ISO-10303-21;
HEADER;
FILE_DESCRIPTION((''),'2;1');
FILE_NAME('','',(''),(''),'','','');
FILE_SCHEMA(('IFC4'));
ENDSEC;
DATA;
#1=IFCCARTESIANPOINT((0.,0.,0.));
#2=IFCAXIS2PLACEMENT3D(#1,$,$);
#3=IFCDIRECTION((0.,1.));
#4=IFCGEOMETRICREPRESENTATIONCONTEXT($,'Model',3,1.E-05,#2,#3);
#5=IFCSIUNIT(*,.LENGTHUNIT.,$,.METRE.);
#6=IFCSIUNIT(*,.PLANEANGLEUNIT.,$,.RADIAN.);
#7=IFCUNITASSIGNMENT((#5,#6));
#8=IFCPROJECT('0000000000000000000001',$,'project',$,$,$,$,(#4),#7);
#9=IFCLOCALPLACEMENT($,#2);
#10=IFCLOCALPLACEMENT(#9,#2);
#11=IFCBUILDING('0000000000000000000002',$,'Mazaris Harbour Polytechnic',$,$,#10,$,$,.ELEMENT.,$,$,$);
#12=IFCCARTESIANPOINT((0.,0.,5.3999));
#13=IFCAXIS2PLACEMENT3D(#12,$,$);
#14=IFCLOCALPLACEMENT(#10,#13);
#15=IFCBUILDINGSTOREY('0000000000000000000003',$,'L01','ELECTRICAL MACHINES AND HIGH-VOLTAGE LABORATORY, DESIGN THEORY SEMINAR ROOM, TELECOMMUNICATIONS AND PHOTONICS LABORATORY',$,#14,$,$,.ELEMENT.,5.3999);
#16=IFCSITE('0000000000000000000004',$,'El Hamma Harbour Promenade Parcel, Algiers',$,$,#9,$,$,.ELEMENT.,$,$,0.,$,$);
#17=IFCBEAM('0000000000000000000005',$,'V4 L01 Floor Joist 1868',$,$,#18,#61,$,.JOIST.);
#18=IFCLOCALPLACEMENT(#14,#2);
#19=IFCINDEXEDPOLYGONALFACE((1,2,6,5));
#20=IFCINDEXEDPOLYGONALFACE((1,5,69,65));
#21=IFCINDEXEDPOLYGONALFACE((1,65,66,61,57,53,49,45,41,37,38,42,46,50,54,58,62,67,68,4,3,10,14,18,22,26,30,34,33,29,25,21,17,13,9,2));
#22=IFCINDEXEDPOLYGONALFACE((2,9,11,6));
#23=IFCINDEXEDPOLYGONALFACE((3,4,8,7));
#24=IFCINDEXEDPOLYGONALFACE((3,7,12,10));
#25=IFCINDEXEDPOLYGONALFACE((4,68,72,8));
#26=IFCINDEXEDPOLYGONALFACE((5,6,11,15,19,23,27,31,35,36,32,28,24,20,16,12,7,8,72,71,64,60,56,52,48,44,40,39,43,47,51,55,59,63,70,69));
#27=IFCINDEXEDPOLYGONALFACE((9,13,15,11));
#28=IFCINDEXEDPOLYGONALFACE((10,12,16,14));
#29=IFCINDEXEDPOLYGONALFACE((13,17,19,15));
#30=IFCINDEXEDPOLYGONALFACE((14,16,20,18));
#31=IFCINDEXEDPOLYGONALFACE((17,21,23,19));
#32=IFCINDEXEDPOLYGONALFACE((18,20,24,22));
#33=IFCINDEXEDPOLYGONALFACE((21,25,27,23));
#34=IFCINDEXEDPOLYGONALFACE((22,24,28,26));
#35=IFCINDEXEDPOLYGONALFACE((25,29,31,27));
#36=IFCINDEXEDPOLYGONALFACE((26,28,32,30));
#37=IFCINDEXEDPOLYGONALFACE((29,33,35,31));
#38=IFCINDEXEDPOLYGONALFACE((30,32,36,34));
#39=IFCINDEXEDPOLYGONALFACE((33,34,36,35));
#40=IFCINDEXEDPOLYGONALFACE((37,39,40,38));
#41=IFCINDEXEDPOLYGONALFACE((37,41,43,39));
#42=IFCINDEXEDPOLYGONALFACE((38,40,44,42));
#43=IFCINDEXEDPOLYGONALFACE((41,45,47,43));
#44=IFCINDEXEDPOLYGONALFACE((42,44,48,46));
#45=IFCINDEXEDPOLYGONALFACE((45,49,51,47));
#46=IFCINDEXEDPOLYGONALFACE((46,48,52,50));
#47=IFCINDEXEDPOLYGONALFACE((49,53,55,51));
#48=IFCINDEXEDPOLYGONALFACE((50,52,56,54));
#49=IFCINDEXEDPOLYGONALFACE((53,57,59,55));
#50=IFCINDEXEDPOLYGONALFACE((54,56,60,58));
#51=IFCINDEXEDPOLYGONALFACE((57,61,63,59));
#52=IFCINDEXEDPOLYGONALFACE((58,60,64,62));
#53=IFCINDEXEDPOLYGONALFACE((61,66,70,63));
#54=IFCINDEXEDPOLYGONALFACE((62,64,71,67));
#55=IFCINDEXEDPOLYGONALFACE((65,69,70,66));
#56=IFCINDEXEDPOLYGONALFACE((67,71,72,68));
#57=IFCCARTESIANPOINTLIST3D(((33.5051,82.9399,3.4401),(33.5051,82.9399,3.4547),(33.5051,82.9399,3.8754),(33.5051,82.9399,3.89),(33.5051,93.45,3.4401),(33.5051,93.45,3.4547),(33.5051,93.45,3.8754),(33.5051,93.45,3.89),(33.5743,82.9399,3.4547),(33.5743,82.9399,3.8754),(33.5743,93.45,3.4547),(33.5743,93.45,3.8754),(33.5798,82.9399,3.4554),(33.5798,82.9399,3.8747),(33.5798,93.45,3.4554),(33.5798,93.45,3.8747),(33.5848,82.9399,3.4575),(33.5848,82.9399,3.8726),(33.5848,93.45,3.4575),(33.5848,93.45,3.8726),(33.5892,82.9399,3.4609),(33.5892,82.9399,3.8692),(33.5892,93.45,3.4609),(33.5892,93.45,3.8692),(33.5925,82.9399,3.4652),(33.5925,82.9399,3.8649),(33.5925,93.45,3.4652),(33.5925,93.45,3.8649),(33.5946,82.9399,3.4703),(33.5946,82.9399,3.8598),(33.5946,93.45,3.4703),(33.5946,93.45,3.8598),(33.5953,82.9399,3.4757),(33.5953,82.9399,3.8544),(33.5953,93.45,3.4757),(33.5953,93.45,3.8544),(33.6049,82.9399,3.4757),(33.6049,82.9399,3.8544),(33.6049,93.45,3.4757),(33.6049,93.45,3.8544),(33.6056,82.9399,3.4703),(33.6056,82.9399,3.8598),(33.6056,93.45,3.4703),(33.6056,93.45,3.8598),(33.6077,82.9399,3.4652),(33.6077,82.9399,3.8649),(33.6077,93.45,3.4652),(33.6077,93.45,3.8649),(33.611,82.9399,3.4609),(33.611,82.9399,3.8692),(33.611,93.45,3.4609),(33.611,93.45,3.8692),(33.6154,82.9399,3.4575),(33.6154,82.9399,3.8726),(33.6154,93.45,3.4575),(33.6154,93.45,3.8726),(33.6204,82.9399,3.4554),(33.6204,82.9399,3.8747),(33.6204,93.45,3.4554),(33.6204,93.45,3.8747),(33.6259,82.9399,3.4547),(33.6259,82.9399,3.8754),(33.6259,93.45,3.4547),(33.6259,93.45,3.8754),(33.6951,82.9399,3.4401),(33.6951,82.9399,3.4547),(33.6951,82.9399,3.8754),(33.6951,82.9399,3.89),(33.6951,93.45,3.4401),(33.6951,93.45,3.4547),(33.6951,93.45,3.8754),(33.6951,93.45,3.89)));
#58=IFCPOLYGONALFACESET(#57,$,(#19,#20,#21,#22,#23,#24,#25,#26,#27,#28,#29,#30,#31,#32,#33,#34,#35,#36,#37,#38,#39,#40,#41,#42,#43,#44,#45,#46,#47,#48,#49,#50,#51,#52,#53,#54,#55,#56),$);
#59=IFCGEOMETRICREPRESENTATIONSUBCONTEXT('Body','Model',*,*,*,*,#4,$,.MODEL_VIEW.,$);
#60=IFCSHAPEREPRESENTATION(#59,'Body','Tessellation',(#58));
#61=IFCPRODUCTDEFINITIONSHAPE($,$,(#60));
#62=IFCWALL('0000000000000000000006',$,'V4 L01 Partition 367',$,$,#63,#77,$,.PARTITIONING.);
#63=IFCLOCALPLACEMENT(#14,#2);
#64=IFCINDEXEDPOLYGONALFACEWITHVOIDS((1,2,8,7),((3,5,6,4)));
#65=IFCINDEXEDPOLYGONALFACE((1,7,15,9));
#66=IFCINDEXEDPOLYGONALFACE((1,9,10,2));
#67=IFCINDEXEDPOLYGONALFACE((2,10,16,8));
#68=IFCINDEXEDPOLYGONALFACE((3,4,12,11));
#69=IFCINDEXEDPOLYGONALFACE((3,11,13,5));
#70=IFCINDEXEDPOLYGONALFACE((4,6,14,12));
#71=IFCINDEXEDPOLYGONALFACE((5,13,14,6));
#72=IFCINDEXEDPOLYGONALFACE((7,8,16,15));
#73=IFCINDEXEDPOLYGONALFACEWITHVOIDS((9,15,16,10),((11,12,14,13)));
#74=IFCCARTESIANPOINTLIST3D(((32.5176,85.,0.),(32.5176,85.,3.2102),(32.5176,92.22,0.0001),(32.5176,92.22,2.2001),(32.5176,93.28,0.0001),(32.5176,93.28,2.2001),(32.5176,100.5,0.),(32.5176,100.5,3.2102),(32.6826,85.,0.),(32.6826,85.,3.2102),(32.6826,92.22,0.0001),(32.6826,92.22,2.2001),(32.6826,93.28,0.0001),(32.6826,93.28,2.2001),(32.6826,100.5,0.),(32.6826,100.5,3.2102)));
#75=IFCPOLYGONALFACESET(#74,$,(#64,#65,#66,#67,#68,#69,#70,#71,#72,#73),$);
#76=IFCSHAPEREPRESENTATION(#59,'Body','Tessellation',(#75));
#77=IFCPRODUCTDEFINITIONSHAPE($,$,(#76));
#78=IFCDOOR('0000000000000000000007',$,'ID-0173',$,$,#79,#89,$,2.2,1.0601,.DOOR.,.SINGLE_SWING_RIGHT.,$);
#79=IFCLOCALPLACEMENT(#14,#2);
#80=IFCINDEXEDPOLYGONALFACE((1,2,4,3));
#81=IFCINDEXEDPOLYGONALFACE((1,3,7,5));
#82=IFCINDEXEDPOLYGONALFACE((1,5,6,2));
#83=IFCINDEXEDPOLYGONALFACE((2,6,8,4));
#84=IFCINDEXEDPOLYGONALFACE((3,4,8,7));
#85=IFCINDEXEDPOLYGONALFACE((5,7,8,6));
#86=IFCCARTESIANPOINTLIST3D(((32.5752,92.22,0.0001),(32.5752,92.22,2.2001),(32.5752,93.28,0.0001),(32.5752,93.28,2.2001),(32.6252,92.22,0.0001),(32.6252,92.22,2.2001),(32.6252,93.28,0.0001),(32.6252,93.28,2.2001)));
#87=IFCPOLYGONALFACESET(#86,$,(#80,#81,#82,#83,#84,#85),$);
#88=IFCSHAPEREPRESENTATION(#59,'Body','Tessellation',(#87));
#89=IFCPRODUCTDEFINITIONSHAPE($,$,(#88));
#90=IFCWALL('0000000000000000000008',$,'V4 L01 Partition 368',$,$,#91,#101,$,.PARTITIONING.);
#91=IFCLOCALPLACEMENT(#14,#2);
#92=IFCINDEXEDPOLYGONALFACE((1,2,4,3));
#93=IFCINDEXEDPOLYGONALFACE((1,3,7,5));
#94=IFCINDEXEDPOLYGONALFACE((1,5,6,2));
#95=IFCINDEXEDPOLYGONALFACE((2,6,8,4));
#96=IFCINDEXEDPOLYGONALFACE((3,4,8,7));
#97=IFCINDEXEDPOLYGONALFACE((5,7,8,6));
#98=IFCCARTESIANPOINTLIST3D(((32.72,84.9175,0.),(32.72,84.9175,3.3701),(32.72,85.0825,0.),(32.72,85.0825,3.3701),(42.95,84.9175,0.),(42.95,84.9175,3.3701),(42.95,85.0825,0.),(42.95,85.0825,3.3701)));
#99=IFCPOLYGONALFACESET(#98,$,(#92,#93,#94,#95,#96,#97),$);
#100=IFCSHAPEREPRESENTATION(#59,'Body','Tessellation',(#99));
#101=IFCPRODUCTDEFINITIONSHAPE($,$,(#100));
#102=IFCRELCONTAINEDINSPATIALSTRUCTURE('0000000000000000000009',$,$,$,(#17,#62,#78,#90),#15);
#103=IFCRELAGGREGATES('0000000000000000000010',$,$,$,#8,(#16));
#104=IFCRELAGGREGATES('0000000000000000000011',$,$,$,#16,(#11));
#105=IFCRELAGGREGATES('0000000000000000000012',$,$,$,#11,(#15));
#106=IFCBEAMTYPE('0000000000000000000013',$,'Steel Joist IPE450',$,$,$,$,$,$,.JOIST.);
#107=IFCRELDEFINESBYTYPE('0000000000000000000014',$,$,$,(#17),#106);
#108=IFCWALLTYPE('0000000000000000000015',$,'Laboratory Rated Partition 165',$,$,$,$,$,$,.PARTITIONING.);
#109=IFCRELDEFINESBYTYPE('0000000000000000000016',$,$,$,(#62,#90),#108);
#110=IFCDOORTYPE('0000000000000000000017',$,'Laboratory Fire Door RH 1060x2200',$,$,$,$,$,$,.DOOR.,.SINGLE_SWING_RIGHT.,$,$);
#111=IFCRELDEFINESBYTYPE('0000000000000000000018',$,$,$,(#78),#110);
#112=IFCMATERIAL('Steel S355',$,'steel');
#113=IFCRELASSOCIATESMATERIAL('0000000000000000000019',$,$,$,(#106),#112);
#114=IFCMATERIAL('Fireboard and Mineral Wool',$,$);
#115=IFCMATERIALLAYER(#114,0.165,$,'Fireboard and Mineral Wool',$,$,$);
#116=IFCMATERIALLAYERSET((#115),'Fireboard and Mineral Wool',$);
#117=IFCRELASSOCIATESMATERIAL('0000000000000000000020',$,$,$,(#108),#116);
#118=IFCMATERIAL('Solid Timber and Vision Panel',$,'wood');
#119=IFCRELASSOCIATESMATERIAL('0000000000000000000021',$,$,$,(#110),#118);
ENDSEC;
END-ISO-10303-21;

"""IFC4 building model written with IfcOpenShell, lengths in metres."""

from ifc_helpers import new_model, si_unit, direction, frame, frame_2d, origin, origin_2d, place, context, subcontext, project, spatial, rectangle, i_section, extrude, material, layer, layer_set, material_profile, profile_set, type_object, element, fill, save


model = new_model("IFC4")

# Units and contexts
model_context = context("Model", 3, precision=1e-05, world=origin(), true_north=direction((0.0, 1.0)))
body_context = subcontext(model_context, "Body", "Model", "MODEL_VIEW")
ifc_project = project(units=[si_unit("LENGTHUNIT", "METRE"), si_unit("PLANEANGLEUNIT", "RADIAN")], contexts=[model_context])

# Site, building, storey
site_placement = place(None, origin())
site = spatial("IfcSite", under=ifc_project, at=site_placement, Name="El Hamma Harbour Promenade Parcel, Algiers", CompositionType="ELEMENT", RefElevation=0.0)
building_placement = place(site_placement, origin())
building = spatial("IfcBuilding", under=site, at=building_placement, Name="Mazaris Harbour Polytechnic", CompositionType="ELEMENT")
storey_placement = place(building_placement, frame((0.0, 0.0, 5.3999)))
storey = spatial("IfcBuildingStorey", under=building, at=storey_placement, Name="L01", Description="ELECTRICAL MACHINES AND HIGH-VOLTAGE LABORATORY, DESIGN THEORY SEMINAR ROOM, TELECOMMUNICATIONS AND PHOTONICS LABORATORY", CompositionType="ELEMENT", Elevation=5.3999)

# Beam
ifc_material_1 = material(Name="Steel S355", Category="steel")
ifc_material_profile_1 = material_profile(ifc_material_1, i_section(OverallWidth=0.1899, OverallDepth=0.45, WebThickness=0.0095, FlangeThickness=0.0146, FilletRadius=0.021, at=origin_2d()), Name="IPE 450")
ifc_profile_set_1 = profile_set([ifc_material_profile_1], Name="Steel S355")
beam_type_1 = type_object("IfcBeamType", Name="Steel Joist IPE450", PredefinedType="JOIST", material=ifc_profile_set_1)
beam_1_placement = place(storey_placement, frame((33.6001, 82.9399, 3.665), z_axis=(0.0, 1.0, 0.0), x_axis=(-1.0, 0.0, 0.0)))
element("IfcBeam", 1, at=beam_1_placement, inside=storey, type_object=beam_type_1, Name="V4 L01 Floor Joist 1868", PredefinedType="JOIST", context=body_context, shape_type="SweptSolid", body=[
    extrude(i_section(OverallWidth=0.1899, OverallDepth=0.45, WebThickness=0.0095, FlangeThickness=0.0146, FilletRadius=0.021, at=origin_2d()), origin(), (0.0, 0.0, 1.0), 10.51),
])

# Wall, opening, door
ifc_material_2 = material(Name="Fireboard and Mineral Wool")
ifc_layer = layer(ifc_material_2, 0.165, Name="Fireboard and Mineral Wool")
ifc_layer_set = layer_set([ifc_layer], Name="Fireboard and Mineral Wool")
wall_type = type_object("IfcWallType", Name="Laboratory Rated Partition 165", PredefinedType="PARTITIONING", material=ifc_layer_set)
wall_1_placement = place(storey_placement, frame((32.6001, 85.0, 0.0), z_axis=(0.0, 0.0, 1.0), x_axis=(0.0, 1.0, 0.0)))
wall_1 = element("IfcWall", 2, at=wall_1_placement, inside=storey, type_object=wall_type, Name="V4 L01 Partition 367", PredefinedType="PARTITIONING", context=body_context, shape_type="SweptSolid", body=[
    extrude(rectangle(XDim=15.5, YDim=0.165, at=frame_2d((7.75, 0.0))), origin(), (0.0, 0.0, 1.0), 3.2102),
])
opening_placement = place(wall_1_placement, frame((7.22, 0.0, 0.0)))
opening = element("IfcOpeningElement", 3, at=opening_placement, cuts=wall_1, PredefinedType="OPENING", context=body_context, shape_type="SweptSolid", body=[
    extrude(rectangle(XDim=1.0601, YDim=2.2, at=frame_2d((0.53, 1.1001))), frame((0.0, 0.0925, 0.0), z_axis=(0.0, -1.0, 0.0), x_axis=(1.0, 0.0, 0.0)), (0.0, 0.0, 1.0), 0.1851),
])
ifc_material_3 = material(Name="Solid Timber and Vision Panel", Category="wood")
door_type = type_object("IfcDoorType", Name="Laboratory Fire Door RH 1060x2200", OperationType="SINGLE_SWING_RIGHT", PredefinedType="DOOR", material=ifc_material_3)
door_placement = place(opening_placement, origin())
door = element("IfcDoor", 4, at=door_placement, inside=storey, type_object=door_type, Name="ID-0173", OperationType="SINGLE_SWING_RIGHT", OverallHeight=2.2, OverallWidth=1.0601, PredefinedType="DOOR", context=body_context, shape_type="SweptSolid", body=[
    extrude(rectangle(XDim=1.0601, YDim=2.2, at=frame_2d((0.53, 1.1001))), frame((0.0, 0.0249, 0.0), z_axis=(0.0, -1.0, 0.0), x_axis=(1.0, 0.0, 0.0)), (0.0, 0.0, 1.0), 0.05),
])
fill(opening, door)

# Wall
wall_2_placement = place(storey_placement, frame((32.72, 85.0, 0.0), z_axis=(0.0, 0.0, 1.0), x_axis=(1.0, 0.0, 0.0)))
element("IfcWall", 5, at=wall_2_placement, inside=storey, type_object=wall_type, Name="V4 L01 Partition 368", PredefinedType="PARTITIONING", context=body_context, shape_type="SweptSolid", body=[
    extrude(rectangle(XDim=10.23, YDim=0.165, at=frame_2d((5.115, 0.0))), origin(), (0.0, 0.0, 1.0), 3.3701),
])

save(model, "model.ifc")
